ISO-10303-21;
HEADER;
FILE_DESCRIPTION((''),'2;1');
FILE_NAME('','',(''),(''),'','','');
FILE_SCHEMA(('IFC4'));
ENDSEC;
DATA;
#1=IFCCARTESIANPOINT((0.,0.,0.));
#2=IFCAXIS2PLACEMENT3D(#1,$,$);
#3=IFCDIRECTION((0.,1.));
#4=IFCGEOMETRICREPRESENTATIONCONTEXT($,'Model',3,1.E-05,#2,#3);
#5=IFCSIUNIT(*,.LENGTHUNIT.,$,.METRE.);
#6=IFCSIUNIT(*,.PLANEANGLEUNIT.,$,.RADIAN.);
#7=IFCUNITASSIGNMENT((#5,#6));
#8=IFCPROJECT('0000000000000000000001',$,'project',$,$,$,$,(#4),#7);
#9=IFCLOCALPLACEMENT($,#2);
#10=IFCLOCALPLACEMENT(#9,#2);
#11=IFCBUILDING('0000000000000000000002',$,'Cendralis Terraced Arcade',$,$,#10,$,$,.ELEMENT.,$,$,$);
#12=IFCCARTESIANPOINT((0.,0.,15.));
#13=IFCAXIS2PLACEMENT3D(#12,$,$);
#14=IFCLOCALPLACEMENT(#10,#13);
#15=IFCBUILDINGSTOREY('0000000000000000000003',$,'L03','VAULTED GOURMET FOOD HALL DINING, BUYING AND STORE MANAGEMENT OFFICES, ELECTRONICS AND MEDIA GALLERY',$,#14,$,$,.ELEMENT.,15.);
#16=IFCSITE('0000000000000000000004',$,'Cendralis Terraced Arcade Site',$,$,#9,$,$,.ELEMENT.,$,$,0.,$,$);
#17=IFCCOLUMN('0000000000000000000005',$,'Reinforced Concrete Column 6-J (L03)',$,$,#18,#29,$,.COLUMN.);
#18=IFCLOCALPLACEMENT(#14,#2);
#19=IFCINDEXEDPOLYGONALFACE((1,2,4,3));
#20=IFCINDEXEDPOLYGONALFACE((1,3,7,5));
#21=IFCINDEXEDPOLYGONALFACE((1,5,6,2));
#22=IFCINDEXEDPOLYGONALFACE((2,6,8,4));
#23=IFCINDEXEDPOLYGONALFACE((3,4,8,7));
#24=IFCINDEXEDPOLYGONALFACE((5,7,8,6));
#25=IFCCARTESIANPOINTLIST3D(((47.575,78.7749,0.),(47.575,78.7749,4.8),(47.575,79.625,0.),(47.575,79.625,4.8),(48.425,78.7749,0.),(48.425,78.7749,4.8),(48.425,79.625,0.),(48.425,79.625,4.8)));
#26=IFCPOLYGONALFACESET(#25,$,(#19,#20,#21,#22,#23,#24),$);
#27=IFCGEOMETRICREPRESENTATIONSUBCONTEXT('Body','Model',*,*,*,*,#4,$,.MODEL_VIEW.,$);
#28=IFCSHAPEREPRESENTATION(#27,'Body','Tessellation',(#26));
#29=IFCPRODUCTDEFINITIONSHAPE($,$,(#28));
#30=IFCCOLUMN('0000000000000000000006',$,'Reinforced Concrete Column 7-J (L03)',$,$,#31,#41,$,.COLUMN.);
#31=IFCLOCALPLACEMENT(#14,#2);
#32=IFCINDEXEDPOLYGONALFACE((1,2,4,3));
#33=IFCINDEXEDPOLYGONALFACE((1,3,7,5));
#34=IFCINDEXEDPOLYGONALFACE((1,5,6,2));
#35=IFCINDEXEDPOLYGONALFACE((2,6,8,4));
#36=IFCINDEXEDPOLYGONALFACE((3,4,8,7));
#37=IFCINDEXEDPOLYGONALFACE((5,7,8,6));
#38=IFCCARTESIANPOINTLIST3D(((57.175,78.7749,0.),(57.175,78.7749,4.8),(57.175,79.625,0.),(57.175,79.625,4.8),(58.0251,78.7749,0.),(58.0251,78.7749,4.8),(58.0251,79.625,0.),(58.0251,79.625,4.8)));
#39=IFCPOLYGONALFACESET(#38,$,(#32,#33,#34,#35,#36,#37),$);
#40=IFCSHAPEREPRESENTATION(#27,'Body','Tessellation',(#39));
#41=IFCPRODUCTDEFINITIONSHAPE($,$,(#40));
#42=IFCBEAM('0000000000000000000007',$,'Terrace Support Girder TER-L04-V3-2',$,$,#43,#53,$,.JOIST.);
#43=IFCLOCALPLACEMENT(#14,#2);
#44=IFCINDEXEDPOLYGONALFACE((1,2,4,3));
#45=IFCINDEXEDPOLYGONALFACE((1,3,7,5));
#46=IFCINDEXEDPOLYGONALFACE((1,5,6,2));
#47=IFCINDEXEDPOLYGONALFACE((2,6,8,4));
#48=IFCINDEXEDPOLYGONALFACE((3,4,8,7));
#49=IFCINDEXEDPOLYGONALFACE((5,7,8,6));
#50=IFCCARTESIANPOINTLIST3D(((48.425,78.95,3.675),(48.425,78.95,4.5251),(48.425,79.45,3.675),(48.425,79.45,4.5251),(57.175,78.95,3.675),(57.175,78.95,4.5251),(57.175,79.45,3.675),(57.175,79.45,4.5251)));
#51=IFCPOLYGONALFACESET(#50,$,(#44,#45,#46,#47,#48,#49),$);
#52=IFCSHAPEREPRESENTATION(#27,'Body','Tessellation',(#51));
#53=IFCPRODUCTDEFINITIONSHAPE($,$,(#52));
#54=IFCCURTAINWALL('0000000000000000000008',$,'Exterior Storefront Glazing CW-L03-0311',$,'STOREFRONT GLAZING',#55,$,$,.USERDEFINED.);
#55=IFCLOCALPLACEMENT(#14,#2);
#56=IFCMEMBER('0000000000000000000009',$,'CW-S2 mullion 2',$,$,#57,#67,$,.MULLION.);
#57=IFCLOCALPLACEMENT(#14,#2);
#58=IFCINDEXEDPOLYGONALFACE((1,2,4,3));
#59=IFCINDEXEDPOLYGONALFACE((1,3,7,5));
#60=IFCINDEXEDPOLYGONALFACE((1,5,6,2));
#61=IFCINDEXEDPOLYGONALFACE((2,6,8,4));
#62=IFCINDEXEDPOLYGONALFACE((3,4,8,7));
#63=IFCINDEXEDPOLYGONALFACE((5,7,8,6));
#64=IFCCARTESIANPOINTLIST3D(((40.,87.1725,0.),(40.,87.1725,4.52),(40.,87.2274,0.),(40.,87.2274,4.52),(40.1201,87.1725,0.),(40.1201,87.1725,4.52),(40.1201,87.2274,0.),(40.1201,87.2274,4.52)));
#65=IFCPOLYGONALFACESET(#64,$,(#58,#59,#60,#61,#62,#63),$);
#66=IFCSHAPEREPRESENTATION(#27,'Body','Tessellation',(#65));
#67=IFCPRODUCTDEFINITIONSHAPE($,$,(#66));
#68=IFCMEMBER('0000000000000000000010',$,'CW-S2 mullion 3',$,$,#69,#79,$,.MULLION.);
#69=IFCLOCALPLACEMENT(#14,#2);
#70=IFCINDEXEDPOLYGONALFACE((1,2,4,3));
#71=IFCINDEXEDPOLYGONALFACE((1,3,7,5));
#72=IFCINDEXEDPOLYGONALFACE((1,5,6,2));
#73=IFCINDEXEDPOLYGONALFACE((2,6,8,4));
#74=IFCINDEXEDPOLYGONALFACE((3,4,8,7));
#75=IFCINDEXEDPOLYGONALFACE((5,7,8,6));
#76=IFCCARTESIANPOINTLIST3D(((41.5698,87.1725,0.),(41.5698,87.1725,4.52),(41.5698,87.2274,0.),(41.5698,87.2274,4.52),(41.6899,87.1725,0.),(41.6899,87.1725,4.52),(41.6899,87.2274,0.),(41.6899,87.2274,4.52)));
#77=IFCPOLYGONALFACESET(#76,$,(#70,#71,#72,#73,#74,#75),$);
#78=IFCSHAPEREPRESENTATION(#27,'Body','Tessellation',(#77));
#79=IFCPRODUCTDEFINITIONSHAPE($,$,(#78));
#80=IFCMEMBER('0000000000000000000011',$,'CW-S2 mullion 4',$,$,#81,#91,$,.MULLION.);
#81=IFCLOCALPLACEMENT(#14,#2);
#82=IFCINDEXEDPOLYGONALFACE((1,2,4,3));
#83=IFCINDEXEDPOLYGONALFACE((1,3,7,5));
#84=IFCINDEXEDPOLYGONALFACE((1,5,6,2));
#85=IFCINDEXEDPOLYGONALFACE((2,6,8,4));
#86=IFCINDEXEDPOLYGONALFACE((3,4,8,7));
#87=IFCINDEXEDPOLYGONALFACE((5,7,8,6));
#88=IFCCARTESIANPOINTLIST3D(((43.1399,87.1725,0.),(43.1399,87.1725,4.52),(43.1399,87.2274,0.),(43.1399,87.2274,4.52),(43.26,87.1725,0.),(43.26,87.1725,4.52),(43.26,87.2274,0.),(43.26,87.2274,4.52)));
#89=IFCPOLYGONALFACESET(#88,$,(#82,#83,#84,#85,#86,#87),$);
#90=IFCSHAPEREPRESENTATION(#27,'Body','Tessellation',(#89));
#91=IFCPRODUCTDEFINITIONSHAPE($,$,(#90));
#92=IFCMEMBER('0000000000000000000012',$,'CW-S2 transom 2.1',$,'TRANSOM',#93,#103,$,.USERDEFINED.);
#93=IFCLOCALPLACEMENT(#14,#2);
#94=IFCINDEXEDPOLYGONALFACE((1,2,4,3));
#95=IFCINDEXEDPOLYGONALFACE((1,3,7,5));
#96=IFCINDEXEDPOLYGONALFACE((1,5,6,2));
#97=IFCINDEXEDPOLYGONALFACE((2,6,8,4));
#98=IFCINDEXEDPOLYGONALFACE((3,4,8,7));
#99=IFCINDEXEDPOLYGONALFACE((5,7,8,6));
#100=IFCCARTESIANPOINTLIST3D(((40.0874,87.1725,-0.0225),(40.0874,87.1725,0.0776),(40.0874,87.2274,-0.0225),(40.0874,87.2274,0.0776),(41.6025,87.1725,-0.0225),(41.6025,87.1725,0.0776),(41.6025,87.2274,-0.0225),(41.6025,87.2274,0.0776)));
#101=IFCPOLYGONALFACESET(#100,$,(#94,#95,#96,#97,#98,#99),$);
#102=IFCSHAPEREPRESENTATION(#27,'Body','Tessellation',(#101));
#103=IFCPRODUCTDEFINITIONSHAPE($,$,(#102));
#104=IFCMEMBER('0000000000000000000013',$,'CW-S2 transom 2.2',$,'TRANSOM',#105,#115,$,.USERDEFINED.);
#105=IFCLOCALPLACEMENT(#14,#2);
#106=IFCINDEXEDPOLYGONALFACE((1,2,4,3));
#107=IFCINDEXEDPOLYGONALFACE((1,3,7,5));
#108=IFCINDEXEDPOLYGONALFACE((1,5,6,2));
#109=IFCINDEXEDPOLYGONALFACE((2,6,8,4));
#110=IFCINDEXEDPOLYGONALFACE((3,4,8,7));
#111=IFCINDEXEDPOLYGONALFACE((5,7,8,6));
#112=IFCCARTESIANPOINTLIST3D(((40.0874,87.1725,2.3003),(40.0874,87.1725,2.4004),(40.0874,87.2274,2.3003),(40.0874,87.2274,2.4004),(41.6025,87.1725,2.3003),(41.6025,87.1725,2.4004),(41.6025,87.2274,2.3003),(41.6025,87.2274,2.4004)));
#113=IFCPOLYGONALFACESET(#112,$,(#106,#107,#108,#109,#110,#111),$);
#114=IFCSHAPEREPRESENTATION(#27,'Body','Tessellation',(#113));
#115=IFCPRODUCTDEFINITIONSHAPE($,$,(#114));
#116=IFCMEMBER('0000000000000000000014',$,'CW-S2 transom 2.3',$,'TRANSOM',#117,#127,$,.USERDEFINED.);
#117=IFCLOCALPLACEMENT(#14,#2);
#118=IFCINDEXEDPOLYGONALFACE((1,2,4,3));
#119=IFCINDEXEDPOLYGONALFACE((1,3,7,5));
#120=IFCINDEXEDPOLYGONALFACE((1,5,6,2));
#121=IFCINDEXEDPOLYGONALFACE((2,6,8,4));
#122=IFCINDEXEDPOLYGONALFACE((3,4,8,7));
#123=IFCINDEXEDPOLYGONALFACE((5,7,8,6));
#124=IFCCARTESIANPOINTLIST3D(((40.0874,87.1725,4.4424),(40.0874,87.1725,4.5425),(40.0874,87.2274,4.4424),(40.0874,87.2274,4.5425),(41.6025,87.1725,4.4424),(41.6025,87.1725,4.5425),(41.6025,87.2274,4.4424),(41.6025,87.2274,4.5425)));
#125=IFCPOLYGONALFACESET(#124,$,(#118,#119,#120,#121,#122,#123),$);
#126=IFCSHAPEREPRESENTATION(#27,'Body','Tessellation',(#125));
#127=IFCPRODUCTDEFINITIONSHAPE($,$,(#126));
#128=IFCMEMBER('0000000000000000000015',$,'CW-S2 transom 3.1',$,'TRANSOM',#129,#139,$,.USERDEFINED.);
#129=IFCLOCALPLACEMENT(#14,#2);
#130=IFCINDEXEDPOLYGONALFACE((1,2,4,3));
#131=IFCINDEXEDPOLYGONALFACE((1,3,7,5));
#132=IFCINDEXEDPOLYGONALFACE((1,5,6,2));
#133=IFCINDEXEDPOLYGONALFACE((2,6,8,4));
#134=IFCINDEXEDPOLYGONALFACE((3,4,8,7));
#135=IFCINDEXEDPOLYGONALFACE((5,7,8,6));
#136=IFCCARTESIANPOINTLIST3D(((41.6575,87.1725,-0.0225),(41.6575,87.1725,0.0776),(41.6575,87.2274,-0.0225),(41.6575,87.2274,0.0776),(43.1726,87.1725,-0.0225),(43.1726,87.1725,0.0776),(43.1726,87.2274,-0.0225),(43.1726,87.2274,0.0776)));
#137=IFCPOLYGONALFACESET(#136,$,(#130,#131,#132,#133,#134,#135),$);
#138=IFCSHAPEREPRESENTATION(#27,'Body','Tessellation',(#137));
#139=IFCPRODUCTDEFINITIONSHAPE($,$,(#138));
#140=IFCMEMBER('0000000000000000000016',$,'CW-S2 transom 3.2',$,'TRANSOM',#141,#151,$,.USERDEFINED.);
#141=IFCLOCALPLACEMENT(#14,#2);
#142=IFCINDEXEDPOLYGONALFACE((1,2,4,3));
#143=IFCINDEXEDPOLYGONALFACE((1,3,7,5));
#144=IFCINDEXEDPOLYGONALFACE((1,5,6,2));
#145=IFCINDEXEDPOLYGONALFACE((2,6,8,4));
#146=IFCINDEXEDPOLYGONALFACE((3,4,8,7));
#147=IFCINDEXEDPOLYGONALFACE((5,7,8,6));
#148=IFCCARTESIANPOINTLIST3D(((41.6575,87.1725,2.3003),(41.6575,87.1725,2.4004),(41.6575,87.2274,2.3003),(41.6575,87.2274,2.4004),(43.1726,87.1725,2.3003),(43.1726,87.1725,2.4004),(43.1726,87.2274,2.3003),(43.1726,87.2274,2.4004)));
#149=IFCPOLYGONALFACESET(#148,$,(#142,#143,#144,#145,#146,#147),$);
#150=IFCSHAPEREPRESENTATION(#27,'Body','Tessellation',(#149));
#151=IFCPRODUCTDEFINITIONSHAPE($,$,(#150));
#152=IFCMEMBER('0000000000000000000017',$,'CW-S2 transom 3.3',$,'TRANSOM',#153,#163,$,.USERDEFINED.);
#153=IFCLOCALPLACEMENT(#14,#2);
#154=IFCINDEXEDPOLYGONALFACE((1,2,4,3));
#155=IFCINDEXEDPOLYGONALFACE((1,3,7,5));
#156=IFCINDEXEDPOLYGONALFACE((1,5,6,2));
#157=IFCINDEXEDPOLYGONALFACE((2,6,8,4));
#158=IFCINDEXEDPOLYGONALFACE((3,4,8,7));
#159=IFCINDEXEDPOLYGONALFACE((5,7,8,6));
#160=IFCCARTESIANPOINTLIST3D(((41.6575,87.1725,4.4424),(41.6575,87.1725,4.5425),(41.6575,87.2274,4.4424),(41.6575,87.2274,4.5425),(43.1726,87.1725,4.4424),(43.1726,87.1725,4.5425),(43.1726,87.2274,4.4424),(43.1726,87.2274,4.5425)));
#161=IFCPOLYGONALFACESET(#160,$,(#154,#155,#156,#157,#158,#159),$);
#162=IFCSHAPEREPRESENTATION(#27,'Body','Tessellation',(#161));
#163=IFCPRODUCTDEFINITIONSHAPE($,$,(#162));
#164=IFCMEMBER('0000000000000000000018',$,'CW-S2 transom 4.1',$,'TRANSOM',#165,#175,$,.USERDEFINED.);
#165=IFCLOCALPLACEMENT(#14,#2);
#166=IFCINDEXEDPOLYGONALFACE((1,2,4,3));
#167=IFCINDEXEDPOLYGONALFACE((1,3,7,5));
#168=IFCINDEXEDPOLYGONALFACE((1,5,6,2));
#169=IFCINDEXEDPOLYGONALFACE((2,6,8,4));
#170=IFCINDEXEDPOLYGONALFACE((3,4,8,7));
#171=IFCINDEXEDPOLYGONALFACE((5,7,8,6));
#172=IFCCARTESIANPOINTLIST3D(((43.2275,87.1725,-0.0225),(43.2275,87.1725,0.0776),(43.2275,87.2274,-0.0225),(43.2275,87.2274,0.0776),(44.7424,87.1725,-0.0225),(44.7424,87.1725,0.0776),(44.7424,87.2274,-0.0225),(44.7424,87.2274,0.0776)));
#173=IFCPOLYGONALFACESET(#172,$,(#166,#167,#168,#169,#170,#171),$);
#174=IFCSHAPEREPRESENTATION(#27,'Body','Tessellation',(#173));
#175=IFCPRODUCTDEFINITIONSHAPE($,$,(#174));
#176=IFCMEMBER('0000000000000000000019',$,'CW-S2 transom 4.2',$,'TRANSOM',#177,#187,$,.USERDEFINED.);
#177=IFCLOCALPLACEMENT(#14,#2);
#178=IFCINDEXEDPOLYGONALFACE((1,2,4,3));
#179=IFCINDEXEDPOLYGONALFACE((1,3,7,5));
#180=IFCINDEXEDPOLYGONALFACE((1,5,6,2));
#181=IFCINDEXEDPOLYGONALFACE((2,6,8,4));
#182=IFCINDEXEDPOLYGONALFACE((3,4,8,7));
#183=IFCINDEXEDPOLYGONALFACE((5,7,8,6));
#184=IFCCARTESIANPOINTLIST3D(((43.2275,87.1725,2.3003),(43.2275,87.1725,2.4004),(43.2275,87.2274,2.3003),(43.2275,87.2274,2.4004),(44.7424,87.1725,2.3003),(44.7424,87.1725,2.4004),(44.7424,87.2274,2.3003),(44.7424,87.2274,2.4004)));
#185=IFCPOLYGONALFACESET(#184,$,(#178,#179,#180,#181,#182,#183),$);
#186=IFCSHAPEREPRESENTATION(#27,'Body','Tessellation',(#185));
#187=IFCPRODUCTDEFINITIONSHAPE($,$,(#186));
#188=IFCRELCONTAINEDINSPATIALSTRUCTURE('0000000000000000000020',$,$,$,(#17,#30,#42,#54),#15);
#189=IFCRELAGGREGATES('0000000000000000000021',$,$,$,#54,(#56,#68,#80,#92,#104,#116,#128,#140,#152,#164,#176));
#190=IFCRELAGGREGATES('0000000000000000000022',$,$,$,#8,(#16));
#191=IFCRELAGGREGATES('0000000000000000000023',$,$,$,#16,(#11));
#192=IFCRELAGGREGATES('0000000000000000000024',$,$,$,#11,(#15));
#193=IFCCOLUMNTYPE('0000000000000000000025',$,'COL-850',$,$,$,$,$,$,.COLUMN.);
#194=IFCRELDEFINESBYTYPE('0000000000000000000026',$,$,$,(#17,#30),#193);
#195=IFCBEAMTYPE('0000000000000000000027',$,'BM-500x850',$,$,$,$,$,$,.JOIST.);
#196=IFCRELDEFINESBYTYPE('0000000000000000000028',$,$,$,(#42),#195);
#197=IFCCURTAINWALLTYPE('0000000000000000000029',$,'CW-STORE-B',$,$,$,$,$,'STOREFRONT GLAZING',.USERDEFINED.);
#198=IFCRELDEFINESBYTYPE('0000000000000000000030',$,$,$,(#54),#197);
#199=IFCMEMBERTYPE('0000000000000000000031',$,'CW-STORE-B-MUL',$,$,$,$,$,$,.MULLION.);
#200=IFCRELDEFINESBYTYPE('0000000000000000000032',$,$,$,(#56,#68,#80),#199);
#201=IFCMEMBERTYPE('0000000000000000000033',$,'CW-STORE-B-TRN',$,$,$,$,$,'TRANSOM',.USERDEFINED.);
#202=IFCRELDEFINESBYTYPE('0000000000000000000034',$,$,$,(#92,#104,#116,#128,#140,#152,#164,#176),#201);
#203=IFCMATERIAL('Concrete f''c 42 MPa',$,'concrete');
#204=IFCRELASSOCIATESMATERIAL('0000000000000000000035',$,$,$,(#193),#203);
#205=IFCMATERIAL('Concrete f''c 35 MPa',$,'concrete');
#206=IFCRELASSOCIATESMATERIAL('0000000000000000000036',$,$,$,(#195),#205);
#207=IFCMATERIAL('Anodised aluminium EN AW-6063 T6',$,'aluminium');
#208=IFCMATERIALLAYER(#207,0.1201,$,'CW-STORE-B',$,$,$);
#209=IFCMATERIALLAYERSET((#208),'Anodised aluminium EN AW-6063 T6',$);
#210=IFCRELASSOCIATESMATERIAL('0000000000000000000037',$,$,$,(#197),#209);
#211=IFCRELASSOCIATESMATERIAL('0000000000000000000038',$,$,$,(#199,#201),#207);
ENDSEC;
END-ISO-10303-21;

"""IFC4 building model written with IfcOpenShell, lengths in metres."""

from ifc_helpers import new_model, si_unit, direction, frame, origin, origin_2d, place, context, subcontext, project, spatial, rectangle, extrude, material, layer, layer_set, material_profile, profile_set, type_object, element, aggregate, save


model = new_model("IFC4")

# Units and contexts
model_context = context("Model", 3, precision=1e-05, world=origin(), true_north=direction((0.0, 1.0)))
body_context = subcontext(model_context, "Body", "Model", "MODEL_VIEW")
ifc_project = project(units=[si_unit("LENGTHUNIT", "METRE"), si_unit("PLANEANGLEUNIT", "RADIAN")], contexts=[model_context])

# Site, building, storey
site_placement = place(None, origin())
site = spatial("IfcSite", under=ifc_project, at=site_placement, Name="Cendralis Terraced Arcade Site", CompositionType="ELEMENT", RefElevation=0.0)
building_placement = place(site_placement, origin())
building = spatial("IfcBuilding", under=site, at=building_placement, Name="Cendralis Terraced Arcade", CompositionType="ELEMENT")
storey_placement = place(building_placement, frame((0.0, 0.0, 15.0)))
storey = spatial("IfcBuildingStorey", under=building, at=storey_placement, Name="L03", Description="VAULTED GOURMET FOOD HALL DINING, BUYING AND STORE MANAGEMENT OFFICES, ELECTRONICS AND MEDIA GALLERY", CompositionType="ELEMENT", Elevation=15.0)

# Columns
ifc_material_1 = material(Name="Concrete f'c 42 MPa", Category="concrete")
ifc_material_profile_1 = material_profile(ifc_material_1, rectangle(XDim=0.8501, YDim=0.8501, at=origin_2d()), Name="RC-COL-850x850", Category="LoadBearing")
ifc_profile_set_1 = profile_set([ifc_material_profile_1], Name="Concrete f'c 42 MPa")
column_type = type_object("IfcColumnType", Name="COL-850", PredefinedType="COLUMN", material=ifc_profile_set_1)
for number, where, z_axis, x_axis, name in (
    (1, (48.0, 79.2, 0.0), (0.0, 0.0, 1.0), (1.0, 0.0, 0.0), "Reinforced Concrete Column 6-J (L03)"),
    (2, (57.6001, 79.2, 0.0), (0.0, 0.0, 1.0), (1.0, 0.0, 0.0), "Reinforced Concrete Column 7-J (L03)"),
):
    element("IfcColumn", number, at=place(storey_placement, frame(where, z_axis=z_axis, x_axis=x_axis)), inside=storey, type_object=column_type, Name=name, PredefinedType="COLUMN", context=body_context, shape_type="SweptSolid", body=[
        extrude(rectangle(XDim=0.8501, YDim=0.8501, at=origin_2d()), origin(), (0.0, 0.0, 1.0), 4.8),
    ])

# Beam
ifc_material_2 = material(Name="Concrete f'c 35 MPa", Category="concrete")
ifc_material_profile_2 = material_profile(ifc_material_2, rectangle(XDim=0.5, YDim=0.8501, at=origin_2d()), Name="RC-BM-500x850", Category="LoadBearing")
ifc_profile_set_2 = profile_set([ifc_material_profile_2], Name="Concrete f'c 35 MPa")
beam_type = type_object("IfcBeamType", Name="BM-500x850", PredefinedType="JOIST", material=ifc_profile_set_2)
beam_placement = place(storey_placement, frame((48.425, 79.2, 4.1001), z_axis=(1.0, 0.0, 0.0), x_axis=(0.0, 1.0, 0.0)))
element("IfcBeam", 3, at=beam_placement, inside=storey, type_object=beam_type, Name="Terrace Support Girder TER-L04-V3-2", PredefinedType="JOIST", context=body_context, shape_type="SweptSolid", body=[
    extrude(rectangle(XDim=0.5, YDim=0.8501, at=origin_2d()), origin(), (0.0, 0.0, 1.0), 8.75),
])

# Curtain wall, members
ifc_material_3 = material(Name="Anodised aluminium EN AW-6063 T6", Category="aluminium")
ifc_layer_1 = layer(ifc_material_3, 0.1201, Name="CW-STORE-B")
ifc_layer_set_1 = layer_set([ifc_layer_1], Name="Anodised aluminium EN AW-6063 T6")
curtain_wall_type = type_object("IfcCurtainWallType", Name="CW-STORE-B", ElementType="STOREFRONT GLAZING", PredefinedType="USERDEFINED", material=ifc_layer_set_1)
curtain_wall_placement = place(storey_placement, origin())
curtain_wall = element("IfcCurtainWall", 4, at=curtain_wall_placement, inside=storey, type_object=curtain_wall_type, Name="Exterior Storefront Glazing CW-L03-0311", ObjectType="STOREFRONT GLAZING", PredefinedType="USERDEFINED")
ifc_material_profile_3 = material_profile(ifc_material_3, rectangle(XDim=0.0549, YDim=0.1201, at=origin_2d()), Name="ALU-MUL-55x120")
ifc_profile_set_3 = profile_set([ifc_material_profile_3], Name="Anodised aluminium EN AW-6063 T6")
member_type_1 = type_object("IfcMemberType", Name="CW-STORE-B-MUL", PredefinedType="MULLION", material=ifc_profile_set_3)
member_1_placement = place(storey_placement, frame((40.0601, 87.2, 0.0), z_axis=(0.0, 0.0, 1.0), x_axis=(0.0, 1.0, 0.0)))
member_1 = element("IfcMember", 5, at=member_1_placement, type_object=member_type_1, Name="CW-S2 mullion 2", PredefinedType="MULLION", context=body_context, shape_type="SweptSolid", body=[
    extrude(rectangle(XDim=0.0549, YDim=0.1201, at=origin_2d()), origin(), (0.0, 0.0, 1.0), 4.52),
])
member_2_placement = place(storey_placement, frame((41.6299, 87.2, 0.0), z_axis=(0.0, 0.0, 1.0), x_axis=(0.0, 1.0, 0.0)))
member_2 = element("IfcMember", 6, at=member_2_placement, type_object=member_type_1, Name="CW-S2 mullion 3", PredefinedType="MULLION", context=body_context, shape_type="SweptSolid", body=[
    extrude(rectangle(XDim=0.0549, YDim=0.1201, at=origin_2d()), origin(), (0.0, 0.0, 1.0), 4.52),
])
member_3_placement = place(storey_placement, frame((43.2, 87.2, 0.0), z_axis=(0.0, 0.0, 1.0), x_axis=(0.0, 1.0, 0.0)))
member_3 = element("IfcMember", 7, at=member_3_placement, type_object=member_type_1, Name="CW-S2 mullion 4", PredefinedType="MULLION", context=body_context, shape_type="SweptSolid", body=[
    extrude(rectangle(XDim=0.0549, YDim=0.1201, at=origin_2d()), origin(), (0.0, 0.0, 1.0), 4.52),
])
ifc_material_profile_4 = material_profile(ifc_material_3, rectangle(XDim=0.0549, YDim=0.1001, at=origin_2d()), Name="ALU-TRN-55x100")
ifc_profile_set_4 = profile_set([ifc_material_profile_4], Name="Anodised aluminium EN AW-6063 T6")
member_type_2 = type_object("IfcMemberType", Name="CW-STORE-B-TRN", ElementType="TRANSOM", PredefinedType="USERDEFINED", material=ifc_profile_set_4)
member_4_placement = place(storey_placement, frame((40.0874, 87.2, 0.0276), z_axis=(1.0, 0.0, 0.0), x_axis=(0.0, 1.0, 0.0)))
member_4 = element("IfcMember", 8, at=member_4_placement, type_object=member_type_2, Name="CW-S2 transom 2.1", ObjectType="TRANSOM", PredefinedType="USERDEFINED", context=body_context, shape_type="SweptSolid", body=[
    extrude(rectangle(XDim=0.0549, YDim=0.1001, at=origin_2d()), origin(), (0.0, 0.0, 1.0), 1.5151),
])
member_5_placement = place(storey_placement, frame((40.0874, 87.2, 2.3503), z_axis=(1.0, 0.0, 0.0), x_axis=(0.0, 1.0, 0.0)))
member_5 = element("IfcMember", 9, at=member_5_placement, type_object=member_type_2, Name="CW-S2 transom 2.2", ObjectType="TRANSOM", PredefinedType="USERDEFINED", context=body_context, shape_type="SweptSolid", body=[
    extrude(rectangle(XDim=0.0549, YDim=0.1001, at=origin_2d()), origin(), (0.0, 0.0, 1.0), 1.5151),
])
member_6_placement = place(storey_placement, frame((40.0874, 87.2, 4.4924), z_axis=(1.0, 0.0, 0.0), x_axis=(0.0, 1.0, 0.0)))
member_6 = element("IfcMember", 10, at=member_6_placement, type_object=member_type_2, Name="CW-S2 transom 2.3", ObjectType="TRANSOM", PredefinedType="USERDEFINED", context=body_context, shape_type="SweptSolid", body=[
    extrude(rectangle(XDim=0.0549, YDim=0.1001, at=origin_2d()), origin(), (0.0, 0.0, 1.0), 1.5151),
])
member_7_placement = place(storey_placement, frame((41.6575, 87.2, 0.0276), z_axis=(1.0, 0.0, 0.0), x_axis=(0.0, 1.0, 0.0)))
member_7 = element("IfcMember", 11, at=member_7_placement, type_object=member_type_2, Name="CW-S2 transom 3.1", ObjectType="TRANSOM", PredefinedType="USERDEFINED", context=body_context, shape_type="SweptSolid", body=[
    extrude(rectangle(XDim=0.0549, YDim=0.1001, at=origin_2d()), origin(), (0.0, 0.0, 1.0), 1.5151),
])
member_8_placement = place(storey_placement, frame((41.6575, 87.2, 2.3503), z_axis=(1.0, 0.0, 0.0), x_axis=(0.0, 1.0, 0.0)))
member_8 = element("IfcMember", 12, at=member_8_placement, type_object=member_type_2, Name="CW-S2 transom 3.2", ObjectType="TRANSOM", PredefinedType="USERDEFINED", context=body_context, shape_type="SweptSolid", body=[
    extrude(rectangle(XDim=0.0549, YDim=0.1001, at=origin_2d()), origin(), (0.0, 0.0, 1.0), 1.5151),
])
member_9_placement = place(storey_placement, frame((41.6575, 87.2, 4.4924), z_axis=(1.0, 0.0, 0.0), x_axis=(0.0, 1.0, 0.0)))
member_9 = element("IfcMember", 13, at=member_9_placement, type_object=member_type_2, Name="CW-S2 transom 3.3", ObjectType="TRANSOM", PredefinedType="USERDEFINED", context=body_context, shape_type="SweptSolid", body=[
    extrude(rectangle(XDim=0.0549, YDim=0.1001, at=origin_2d()), origin(), (0.0, 0.0, 1.0), 1.5151),
])
member_10_placement = place(storey_placement, frame((43.2275, 87.2, 0.0276), z_axis=(1.0, 0.0, 0.0), x_axis=(0.0, 1.0, 0.0)))
member_10 = element("IfcMember", 14, at=member_10_placement, type_object=member_type_2, Name="CW-S2 transom 4.1", ObjectType="TRANSOM", PredefinedType="USERDEFINED", context=body_context, shape_type="SweptSolid", body=[
    extrude(rectangle(XDim=0.0549, YDim=0.1001, at=origin_2d()), origin(), (0.0, 0.0, 1.0), 1.5149),
])
member_11_placement = place(storey_placement, frame((43.2275, 87.2, 2.3503), z_axis=(1.0, 0.0, 0.0), x_axis=(0.0, 1.0, 0.0)))
member_11 = element("IfcMember", 15, at=member_11_placement, type_object=member_type_2, Name="CW-S2 transom 4.2", ObjectType="TRANSOM", PredefinedType="USERDEFINED", context=body_context, shape_type="SweptSolid", body=[
    extrude(rectangle(XDim=0.0549, YDim=0.1001, at=origin_2d()), origin(), (0.0, 0.0, 1.0), 1.5149),
])
aggregate(curtain_wall, [member_1, member_2, member_3, member_4, member_5, member_6, member_7, member_8, member_9, member_10, member_11])

save(model, "model.ifc")
